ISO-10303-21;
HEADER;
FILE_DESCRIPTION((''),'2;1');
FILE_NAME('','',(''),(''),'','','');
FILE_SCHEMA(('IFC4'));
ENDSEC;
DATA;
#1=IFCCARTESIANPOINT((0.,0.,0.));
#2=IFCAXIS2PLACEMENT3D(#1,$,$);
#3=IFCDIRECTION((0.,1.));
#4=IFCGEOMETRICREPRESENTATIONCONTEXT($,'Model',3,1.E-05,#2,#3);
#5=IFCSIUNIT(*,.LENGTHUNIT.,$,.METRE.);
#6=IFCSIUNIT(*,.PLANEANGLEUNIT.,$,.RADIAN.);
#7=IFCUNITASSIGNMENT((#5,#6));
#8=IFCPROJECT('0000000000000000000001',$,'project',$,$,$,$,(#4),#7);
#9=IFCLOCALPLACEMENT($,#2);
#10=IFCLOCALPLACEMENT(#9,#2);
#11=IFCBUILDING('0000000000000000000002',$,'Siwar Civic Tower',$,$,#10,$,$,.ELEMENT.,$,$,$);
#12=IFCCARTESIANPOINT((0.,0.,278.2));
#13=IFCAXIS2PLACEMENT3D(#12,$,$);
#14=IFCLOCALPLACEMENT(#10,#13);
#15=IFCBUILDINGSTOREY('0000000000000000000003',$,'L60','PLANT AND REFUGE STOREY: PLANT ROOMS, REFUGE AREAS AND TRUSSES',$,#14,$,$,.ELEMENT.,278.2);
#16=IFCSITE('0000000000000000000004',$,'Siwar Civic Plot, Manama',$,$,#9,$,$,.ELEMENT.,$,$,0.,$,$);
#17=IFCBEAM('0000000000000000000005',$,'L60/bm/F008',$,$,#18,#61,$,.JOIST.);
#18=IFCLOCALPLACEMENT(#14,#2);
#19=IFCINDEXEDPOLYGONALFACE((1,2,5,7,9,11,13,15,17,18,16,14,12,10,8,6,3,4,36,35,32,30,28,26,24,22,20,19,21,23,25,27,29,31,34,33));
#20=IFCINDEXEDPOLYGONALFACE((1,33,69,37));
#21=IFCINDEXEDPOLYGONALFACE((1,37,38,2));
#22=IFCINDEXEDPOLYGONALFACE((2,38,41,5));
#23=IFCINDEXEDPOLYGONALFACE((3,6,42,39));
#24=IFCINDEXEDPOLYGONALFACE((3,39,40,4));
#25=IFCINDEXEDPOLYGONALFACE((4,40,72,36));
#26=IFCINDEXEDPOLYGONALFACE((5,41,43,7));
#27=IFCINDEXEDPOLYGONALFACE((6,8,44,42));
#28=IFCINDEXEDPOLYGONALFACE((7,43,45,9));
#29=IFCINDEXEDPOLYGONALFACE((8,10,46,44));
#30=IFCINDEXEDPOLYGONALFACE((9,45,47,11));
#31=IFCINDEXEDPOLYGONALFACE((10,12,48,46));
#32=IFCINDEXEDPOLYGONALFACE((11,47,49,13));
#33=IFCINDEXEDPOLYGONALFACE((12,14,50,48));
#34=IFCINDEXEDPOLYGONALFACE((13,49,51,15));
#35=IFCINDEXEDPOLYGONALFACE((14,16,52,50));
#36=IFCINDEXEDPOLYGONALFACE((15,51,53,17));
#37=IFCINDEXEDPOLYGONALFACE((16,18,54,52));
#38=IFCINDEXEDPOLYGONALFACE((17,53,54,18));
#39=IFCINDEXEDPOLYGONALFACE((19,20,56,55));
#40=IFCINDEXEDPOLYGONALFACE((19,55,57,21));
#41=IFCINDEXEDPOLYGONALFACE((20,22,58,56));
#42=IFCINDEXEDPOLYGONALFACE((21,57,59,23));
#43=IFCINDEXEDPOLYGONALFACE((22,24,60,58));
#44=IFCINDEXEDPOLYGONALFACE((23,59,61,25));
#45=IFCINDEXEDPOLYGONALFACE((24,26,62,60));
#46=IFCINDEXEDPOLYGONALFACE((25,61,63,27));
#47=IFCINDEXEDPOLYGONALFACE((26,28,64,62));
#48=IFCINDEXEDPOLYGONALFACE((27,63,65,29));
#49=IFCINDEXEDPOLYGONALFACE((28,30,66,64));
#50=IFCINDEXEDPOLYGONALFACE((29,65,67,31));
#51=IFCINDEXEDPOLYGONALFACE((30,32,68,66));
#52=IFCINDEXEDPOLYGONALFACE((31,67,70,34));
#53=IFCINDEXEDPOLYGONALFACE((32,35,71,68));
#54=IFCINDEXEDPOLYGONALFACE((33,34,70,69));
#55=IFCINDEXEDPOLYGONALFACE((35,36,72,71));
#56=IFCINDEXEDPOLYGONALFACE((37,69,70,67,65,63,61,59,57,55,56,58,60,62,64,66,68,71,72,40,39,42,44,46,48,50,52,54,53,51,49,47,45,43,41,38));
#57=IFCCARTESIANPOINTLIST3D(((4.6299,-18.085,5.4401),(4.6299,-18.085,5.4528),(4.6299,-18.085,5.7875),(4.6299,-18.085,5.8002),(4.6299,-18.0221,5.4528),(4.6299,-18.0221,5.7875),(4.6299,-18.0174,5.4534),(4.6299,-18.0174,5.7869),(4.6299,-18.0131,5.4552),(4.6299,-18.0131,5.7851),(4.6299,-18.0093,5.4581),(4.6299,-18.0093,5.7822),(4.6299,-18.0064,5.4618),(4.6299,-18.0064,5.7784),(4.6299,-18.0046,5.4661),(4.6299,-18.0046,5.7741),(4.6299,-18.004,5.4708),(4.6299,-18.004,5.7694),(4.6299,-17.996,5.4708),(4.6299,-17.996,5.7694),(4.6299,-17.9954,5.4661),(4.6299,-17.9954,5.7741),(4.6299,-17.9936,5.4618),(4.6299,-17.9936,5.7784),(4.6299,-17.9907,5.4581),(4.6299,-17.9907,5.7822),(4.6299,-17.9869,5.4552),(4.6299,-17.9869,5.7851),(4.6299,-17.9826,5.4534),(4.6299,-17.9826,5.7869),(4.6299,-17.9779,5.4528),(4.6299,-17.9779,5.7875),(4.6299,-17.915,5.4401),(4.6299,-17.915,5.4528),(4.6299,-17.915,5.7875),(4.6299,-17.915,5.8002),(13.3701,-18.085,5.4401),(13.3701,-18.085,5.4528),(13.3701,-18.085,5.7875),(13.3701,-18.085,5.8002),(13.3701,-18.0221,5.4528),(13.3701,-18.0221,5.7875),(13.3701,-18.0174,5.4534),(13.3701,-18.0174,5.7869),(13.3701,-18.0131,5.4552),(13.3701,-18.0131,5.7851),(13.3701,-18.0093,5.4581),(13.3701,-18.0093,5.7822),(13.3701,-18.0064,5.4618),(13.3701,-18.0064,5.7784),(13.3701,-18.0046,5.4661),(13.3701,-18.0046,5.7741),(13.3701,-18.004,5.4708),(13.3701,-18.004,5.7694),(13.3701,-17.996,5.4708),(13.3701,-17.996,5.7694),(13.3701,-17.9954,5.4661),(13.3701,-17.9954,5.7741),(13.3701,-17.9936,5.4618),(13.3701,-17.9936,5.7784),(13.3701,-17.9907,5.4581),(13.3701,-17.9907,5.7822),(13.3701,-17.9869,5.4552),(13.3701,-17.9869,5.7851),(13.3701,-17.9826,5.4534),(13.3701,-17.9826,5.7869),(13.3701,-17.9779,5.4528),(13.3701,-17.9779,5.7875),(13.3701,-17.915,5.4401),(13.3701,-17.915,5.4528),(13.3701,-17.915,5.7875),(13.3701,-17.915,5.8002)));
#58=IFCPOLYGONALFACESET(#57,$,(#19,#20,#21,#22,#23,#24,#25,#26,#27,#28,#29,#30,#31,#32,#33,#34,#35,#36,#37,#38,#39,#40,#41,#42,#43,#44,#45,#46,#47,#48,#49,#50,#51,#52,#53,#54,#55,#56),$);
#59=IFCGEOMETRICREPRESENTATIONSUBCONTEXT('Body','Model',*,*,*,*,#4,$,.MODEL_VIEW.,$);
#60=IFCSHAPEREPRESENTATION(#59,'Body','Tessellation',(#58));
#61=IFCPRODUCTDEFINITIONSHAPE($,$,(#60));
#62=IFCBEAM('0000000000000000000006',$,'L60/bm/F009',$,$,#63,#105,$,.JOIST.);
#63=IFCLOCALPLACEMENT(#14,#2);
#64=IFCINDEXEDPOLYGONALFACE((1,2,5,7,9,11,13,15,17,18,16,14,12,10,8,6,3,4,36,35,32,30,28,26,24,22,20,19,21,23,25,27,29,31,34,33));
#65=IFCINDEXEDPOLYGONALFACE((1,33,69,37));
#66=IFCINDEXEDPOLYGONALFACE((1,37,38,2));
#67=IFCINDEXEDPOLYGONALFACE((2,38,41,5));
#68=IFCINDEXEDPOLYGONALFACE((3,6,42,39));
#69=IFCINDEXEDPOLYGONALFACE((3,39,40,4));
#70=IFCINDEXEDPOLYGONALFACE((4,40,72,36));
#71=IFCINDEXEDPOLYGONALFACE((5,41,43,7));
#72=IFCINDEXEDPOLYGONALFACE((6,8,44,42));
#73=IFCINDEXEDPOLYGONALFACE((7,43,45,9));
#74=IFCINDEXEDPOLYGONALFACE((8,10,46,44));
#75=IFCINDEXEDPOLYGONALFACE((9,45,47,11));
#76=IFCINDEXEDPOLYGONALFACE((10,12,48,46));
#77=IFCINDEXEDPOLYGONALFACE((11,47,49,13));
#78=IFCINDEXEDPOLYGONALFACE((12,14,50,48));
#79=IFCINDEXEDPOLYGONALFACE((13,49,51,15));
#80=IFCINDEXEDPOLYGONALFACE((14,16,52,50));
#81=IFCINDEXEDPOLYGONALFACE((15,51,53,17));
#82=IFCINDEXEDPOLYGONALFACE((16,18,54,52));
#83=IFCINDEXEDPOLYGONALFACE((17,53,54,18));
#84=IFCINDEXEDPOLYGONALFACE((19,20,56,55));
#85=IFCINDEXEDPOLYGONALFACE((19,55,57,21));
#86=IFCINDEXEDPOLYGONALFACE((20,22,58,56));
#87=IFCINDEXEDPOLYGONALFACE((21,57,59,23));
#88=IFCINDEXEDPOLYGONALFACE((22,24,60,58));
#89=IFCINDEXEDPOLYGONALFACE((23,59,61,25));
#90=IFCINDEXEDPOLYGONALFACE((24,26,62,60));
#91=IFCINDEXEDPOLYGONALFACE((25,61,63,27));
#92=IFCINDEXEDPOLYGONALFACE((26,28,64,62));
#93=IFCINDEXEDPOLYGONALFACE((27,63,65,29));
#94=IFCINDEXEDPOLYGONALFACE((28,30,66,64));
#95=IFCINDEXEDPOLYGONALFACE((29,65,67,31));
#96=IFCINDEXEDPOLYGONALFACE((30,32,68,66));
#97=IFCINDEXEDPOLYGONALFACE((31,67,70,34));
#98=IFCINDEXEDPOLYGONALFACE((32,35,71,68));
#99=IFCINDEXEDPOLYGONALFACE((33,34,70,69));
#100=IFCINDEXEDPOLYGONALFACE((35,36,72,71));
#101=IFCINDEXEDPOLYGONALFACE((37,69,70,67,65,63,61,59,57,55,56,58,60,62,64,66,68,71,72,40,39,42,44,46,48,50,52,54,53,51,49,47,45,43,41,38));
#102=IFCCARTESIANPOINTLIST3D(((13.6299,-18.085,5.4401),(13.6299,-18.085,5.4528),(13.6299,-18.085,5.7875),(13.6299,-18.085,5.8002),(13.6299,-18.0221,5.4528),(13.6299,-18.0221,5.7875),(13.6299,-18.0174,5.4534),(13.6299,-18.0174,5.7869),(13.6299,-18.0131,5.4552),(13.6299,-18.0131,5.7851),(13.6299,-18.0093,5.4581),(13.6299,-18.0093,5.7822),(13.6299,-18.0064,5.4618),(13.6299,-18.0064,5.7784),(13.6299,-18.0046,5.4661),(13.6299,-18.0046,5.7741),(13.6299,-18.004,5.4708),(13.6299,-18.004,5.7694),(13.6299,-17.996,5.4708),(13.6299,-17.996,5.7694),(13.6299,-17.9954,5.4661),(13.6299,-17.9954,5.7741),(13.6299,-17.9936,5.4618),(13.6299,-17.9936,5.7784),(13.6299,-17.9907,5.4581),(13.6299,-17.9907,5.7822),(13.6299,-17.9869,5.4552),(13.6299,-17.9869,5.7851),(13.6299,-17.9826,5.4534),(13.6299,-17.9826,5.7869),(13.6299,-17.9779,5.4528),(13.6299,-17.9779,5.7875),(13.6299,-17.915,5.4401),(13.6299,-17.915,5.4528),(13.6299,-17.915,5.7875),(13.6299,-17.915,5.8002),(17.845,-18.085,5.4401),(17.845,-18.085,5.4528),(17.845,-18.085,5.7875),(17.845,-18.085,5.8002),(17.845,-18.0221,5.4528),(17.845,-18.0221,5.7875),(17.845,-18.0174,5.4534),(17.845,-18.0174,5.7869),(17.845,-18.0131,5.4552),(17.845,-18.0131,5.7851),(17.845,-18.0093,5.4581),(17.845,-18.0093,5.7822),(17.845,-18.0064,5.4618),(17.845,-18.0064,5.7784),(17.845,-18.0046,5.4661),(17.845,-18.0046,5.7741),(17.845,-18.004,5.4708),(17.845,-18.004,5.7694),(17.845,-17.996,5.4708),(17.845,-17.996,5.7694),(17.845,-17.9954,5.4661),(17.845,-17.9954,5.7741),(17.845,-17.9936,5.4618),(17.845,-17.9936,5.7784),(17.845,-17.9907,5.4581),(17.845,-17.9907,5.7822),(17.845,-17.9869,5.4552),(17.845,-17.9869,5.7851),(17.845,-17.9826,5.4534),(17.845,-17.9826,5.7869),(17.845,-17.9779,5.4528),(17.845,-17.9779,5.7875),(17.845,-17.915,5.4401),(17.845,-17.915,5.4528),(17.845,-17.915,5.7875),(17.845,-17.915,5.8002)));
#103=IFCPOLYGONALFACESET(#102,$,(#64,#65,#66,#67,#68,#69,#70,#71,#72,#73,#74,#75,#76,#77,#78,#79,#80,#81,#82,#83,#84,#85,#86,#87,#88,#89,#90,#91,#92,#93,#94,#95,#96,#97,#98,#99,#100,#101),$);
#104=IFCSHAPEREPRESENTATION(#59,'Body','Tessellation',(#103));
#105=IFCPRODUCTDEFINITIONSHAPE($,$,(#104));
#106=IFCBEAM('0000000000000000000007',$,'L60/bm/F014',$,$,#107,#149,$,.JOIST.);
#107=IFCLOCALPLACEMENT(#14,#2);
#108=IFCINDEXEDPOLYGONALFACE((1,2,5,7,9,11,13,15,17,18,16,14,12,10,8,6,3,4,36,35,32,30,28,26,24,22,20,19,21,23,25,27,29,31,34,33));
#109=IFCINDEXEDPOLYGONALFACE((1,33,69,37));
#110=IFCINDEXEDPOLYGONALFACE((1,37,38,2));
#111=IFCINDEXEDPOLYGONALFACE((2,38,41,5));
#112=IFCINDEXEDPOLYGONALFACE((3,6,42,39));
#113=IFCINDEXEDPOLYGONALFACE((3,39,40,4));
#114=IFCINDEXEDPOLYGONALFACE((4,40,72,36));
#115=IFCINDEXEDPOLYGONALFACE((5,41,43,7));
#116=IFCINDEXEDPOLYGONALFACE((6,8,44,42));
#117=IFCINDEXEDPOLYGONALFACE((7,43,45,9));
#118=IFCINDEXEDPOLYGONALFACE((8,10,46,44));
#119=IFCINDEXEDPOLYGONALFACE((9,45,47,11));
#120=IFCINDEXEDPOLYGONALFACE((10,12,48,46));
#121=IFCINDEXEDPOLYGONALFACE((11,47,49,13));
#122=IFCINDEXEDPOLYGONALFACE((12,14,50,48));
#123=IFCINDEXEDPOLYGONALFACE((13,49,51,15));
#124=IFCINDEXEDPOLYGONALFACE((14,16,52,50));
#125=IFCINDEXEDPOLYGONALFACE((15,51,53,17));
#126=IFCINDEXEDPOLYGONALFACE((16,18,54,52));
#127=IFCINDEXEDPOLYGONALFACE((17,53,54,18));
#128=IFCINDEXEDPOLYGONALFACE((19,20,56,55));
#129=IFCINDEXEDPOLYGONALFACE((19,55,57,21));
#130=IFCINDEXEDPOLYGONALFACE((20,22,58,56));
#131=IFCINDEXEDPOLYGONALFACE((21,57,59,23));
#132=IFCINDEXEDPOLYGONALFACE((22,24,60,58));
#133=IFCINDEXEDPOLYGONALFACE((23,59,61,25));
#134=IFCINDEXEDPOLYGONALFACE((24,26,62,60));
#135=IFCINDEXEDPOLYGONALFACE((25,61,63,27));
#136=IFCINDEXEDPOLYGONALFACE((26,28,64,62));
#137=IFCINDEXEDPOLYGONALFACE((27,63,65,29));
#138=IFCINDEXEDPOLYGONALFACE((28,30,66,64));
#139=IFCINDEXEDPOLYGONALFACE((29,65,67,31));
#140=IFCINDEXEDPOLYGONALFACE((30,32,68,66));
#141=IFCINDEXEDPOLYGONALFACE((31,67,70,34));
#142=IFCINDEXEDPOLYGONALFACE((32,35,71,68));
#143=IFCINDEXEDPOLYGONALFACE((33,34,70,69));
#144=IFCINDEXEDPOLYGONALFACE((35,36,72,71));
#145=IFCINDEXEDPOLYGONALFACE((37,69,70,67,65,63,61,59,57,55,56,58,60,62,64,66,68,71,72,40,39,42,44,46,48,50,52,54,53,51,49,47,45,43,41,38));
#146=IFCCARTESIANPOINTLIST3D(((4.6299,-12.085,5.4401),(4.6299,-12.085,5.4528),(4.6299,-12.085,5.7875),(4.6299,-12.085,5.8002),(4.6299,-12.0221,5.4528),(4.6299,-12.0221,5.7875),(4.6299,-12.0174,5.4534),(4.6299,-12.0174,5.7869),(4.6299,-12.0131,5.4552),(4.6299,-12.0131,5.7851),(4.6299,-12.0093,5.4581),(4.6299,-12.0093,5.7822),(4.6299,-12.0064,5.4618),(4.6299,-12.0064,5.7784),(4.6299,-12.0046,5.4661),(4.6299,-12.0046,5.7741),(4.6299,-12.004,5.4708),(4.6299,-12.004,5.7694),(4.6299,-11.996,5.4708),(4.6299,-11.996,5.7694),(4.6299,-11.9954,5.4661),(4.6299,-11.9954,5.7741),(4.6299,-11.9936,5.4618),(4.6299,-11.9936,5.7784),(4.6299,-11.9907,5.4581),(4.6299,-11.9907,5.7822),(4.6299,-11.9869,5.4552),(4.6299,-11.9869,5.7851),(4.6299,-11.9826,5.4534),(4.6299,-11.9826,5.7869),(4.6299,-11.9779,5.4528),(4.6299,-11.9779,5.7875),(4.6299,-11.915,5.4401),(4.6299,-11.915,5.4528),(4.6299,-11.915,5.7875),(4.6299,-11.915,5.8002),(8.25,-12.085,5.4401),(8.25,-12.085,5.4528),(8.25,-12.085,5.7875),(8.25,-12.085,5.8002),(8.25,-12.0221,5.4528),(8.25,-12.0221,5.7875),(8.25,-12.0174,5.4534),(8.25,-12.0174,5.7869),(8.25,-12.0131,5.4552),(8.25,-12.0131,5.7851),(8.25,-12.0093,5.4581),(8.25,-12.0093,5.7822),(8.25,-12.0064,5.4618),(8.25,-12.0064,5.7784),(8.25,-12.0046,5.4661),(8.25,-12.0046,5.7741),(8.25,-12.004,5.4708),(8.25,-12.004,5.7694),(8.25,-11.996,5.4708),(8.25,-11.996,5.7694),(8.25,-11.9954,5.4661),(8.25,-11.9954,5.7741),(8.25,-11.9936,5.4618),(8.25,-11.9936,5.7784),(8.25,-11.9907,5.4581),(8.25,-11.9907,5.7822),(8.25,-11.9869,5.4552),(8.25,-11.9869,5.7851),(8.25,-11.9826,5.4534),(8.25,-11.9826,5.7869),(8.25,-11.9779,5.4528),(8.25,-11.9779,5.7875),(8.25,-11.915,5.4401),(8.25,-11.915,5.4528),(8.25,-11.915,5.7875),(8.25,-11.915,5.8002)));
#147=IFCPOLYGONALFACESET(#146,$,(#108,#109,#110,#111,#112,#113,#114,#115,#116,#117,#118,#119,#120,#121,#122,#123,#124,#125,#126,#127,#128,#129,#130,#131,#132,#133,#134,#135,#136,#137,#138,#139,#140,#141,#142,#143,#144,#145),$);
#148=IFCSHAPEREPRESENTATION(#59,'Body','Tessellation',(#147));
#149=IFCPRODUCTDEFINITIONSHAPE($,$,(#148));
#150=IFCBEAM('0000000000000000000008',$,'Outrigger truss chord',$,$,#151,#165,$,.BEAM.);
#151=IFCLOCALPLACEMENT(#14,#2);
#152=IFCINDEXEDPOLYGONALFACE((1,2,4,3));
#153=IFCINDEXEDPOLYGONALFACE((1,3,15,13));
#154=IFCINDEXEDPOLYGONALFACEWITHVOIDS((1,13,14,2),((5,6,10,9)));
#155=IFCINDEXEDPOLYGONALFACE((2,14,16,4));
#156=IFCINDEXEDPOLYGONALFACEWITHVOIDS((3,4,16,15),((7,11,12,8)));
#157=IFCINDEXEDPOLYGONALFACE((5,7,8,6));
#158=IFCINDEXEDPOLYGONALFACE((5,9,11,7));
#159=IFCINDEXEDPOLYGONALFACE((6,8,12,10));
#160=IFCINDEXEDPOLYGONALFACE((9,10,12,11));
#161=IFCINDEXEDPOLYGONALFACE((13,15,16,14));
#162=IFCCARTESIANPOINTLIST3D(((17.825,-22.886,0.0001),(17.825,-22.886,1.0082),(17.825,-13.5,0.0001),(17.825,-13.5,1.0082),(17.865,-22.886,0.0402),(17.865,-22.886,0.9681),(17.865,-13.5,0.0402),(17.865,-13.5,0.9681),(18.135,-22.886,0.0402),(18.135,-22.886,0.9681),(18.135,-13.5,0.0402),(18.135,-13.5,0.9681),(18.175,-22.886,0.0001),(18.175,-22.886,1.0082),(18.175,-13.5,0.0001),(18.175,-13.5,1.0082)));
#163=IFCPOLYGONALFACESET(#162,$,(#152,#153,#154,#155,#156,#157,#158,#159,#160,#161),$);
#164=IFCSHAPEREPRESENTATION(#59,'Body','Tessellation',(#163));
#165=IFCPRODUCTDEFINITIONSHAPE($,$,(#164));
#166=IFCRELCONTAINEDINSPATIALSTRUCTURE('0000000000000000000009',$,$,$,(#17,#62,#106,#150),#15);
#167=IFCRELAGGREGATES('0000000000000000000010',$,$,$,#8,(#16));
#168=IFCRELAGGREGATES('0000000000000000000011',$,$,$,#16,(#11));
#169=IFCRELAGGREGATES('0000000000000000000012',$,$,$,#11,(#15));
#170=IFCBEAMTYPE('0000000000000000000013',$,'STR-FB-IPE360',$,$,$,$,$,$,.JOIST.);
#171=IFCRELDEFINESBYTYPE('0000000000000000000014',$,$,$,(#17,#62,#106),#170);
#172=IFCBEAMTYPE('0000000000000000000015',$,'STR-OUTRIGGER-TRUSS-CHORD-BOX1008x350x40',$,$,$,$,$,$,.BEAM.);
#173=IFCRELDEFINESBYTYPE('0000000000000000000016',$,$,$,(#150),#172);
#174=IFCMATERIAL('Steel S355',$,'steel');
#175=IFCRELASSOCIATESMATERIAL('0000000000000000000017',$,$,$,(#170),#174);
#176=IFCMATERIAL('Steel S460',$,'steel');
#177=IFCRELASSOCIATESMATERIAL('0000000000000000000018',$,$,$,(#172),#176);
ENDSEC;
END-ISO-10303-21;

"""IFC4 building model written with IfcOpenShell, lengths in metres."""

from ifc_helpers import new_model, si_unit, direction, frame, origin, origin_2d, place, context, subcontext, project, spatial, hollow_rectangle, i_section, extrude, material, material_profile, profile_set, type_object, element, save


model = new_model("IFC4")

# Units and contexts
model_context = context("Model", 3, precision=1e-05, world=origin(), true_north=direction((0.0, 1.0)))
body_context = subcontext(model_context, "Body", "Model", "MODEL_VIEW")
ifc_project = project(units=[si_unit("LENGTHUNIT", "METRE"), si_unit("PLANEANGLEUNIT", "RADIAN")], contexts=[model_context])

# Site, building, storey
site_placement = place(None, origin())
site = spatial("IfcSite", under=ifc_project, at=site_placement, Name="Siwar Civic Plot, Manama", CompositionType="ELEMENT", RefElevation=0.0)
building_placement = place(site_placement, origin())
building = spatial("IfcBuilding", under=site, at=building_placement, Name="Siwar Civic Tower", CompositionType="ELEMENT")
storey_placement = place(building_placement, frame((0.0, 0.0, 278.2)))
storey = spatial("IfcBuildingStorey", under=building, at=storey_placement, Name="L60", Description="PLANT AND REFUGE STOREY: PLANT ROOMS, REFUGE AREAS AND TRUSSES", CompositionType="ELEMENT", Elevation=278.2)

# Beams
ifc_material_1 = material(Name="Steel S355", Category="steel")
ifc_material_profile_1 = material_profile(ifc_material_1, i_section(OverallWidth=0.1699, OverallDepth=0.3601, WebThickness=0.0081, FlangeThickness=0.0127, FilletRadius=0.0181, at=origin_2d()), Name="IPE360")
ifc_profile_set_1 = profile_set([ifc_material_profile_1], Name="Steel S355")
beam_type_1 = type_object("IfcBeamType", Name="STR-FB-IPE360", PredefinedType="JOIST", material=ifc_profile_set_1)
for number, where, z_axis, x_axis, name in (
    (1, (4.6299, -18.0, 5.6201), (1.0, 0.0, 0.0), (0.0, 1.0, 0.0), "L60/bm/F008"),
):
    element("IfcBeam", number, at=place(storey_placement, frame(where, z_axis=z_axis, x_axis=x_axis)), inside=storey, type_object=beam_type_1, Name=name, PredefinedType="JOIST", context=body_context, shape_type="SweptSolid", body=[
        extrude(i_section(OverallWidth=0.1699, OverallDepth=0.3601, WebThickness=0.0081, FlangeThickness=0.0127, FilletRadius=0.0181, at=origin_2d()), origin(), (0.0, 0.0, 1.0), 8.7402),
    ])
beam_1_placement = place(storey_placement, frame((13.6299, -18.0, 5.6201), z_axis=(1.0, 0.0, 0.0), x_axis=(0.0, 1.0, 0.0)))
element("IfcBeam", 2, at=beam_1_placement, inside=storey, type_object=beam_type_1, Name="L60/bm/F009", PredefinedType="JOIST", context=body_context, shape_type="SweptSolid", body=[
    extrude(i_section(OverallWidth=0.1699, OverallDepth=0.3601, WebThickness=0.0081, FlangeThickness=0.0127, FilletRadius=0.0181, at=origin_2d()), origin(), (0.0, 0.0, 1.0), 4.2151),
])
beam_2_placement = place(storey_placement, frame((4.6299, -12.0, 5.6201), z_axis=(1.0, 0.0, 0.0), x_axis=(0.0, 1.0, 0.0)))
element("IfcBeam", 3, at=beam_2_placement, inside=storey, type_object=beam_type_1, Name="L60/bm/F014", PredefinedType="JOIST", context=body_context, shape_type="SweptSolid", body=[
    extrude(i_section(OverallWidth=0.1699, OverallDepth=0.3601, WebThickness=0.0081, FlangeThickness=0.0127, FilletRadius=0.0181, at=origin_2d()), origin(), (0.0, 0.0, 1.0), 3.6201),
])
ifc_material_2 = material(Name="Steel S460", Category="steel")
ifc_material_profile_2 = material_profile(ifc_material_2, hollow_rectangle(XDim=0.3501, YDim=1.0081, WallThickness=0.04, at=origin_2d()), Name="BOX1008x350x40")
ifc_profile_set_2 = profile_set([ifc_material_profile_2], Name="Steel S460")
beam_type_2 = type_object("IfcBeamType", Name="STR-OUTRIGGER-TRUSS-CHORD-BOX1008x350x40", PredefinedType="BEAM", material=ifc_profile_set_2)
beam_3_placement = place(storey_placement, frame((18.0, -22.886, 0.5042), z_axis=(0.0, 1.0, 0.0), x_axis=(-1.0, 0.0, 0.0)))
element("IfcBeam", 4, at=beam_3_placement, inside=storey, type_object=beam_type_2, Name="Outrigger truss chord", PredefinedType="BEAM", context=body_context, shape_type="SweptSolid", body=[
    extrude(hollow_rectangle(XDim=0.3501, YDim=1.0081, WallThickness=0.04, at=origin_2d()), origin(), (0.0, 0.0, 1.0), 9.386),
])

save(model, "model.ifc")
